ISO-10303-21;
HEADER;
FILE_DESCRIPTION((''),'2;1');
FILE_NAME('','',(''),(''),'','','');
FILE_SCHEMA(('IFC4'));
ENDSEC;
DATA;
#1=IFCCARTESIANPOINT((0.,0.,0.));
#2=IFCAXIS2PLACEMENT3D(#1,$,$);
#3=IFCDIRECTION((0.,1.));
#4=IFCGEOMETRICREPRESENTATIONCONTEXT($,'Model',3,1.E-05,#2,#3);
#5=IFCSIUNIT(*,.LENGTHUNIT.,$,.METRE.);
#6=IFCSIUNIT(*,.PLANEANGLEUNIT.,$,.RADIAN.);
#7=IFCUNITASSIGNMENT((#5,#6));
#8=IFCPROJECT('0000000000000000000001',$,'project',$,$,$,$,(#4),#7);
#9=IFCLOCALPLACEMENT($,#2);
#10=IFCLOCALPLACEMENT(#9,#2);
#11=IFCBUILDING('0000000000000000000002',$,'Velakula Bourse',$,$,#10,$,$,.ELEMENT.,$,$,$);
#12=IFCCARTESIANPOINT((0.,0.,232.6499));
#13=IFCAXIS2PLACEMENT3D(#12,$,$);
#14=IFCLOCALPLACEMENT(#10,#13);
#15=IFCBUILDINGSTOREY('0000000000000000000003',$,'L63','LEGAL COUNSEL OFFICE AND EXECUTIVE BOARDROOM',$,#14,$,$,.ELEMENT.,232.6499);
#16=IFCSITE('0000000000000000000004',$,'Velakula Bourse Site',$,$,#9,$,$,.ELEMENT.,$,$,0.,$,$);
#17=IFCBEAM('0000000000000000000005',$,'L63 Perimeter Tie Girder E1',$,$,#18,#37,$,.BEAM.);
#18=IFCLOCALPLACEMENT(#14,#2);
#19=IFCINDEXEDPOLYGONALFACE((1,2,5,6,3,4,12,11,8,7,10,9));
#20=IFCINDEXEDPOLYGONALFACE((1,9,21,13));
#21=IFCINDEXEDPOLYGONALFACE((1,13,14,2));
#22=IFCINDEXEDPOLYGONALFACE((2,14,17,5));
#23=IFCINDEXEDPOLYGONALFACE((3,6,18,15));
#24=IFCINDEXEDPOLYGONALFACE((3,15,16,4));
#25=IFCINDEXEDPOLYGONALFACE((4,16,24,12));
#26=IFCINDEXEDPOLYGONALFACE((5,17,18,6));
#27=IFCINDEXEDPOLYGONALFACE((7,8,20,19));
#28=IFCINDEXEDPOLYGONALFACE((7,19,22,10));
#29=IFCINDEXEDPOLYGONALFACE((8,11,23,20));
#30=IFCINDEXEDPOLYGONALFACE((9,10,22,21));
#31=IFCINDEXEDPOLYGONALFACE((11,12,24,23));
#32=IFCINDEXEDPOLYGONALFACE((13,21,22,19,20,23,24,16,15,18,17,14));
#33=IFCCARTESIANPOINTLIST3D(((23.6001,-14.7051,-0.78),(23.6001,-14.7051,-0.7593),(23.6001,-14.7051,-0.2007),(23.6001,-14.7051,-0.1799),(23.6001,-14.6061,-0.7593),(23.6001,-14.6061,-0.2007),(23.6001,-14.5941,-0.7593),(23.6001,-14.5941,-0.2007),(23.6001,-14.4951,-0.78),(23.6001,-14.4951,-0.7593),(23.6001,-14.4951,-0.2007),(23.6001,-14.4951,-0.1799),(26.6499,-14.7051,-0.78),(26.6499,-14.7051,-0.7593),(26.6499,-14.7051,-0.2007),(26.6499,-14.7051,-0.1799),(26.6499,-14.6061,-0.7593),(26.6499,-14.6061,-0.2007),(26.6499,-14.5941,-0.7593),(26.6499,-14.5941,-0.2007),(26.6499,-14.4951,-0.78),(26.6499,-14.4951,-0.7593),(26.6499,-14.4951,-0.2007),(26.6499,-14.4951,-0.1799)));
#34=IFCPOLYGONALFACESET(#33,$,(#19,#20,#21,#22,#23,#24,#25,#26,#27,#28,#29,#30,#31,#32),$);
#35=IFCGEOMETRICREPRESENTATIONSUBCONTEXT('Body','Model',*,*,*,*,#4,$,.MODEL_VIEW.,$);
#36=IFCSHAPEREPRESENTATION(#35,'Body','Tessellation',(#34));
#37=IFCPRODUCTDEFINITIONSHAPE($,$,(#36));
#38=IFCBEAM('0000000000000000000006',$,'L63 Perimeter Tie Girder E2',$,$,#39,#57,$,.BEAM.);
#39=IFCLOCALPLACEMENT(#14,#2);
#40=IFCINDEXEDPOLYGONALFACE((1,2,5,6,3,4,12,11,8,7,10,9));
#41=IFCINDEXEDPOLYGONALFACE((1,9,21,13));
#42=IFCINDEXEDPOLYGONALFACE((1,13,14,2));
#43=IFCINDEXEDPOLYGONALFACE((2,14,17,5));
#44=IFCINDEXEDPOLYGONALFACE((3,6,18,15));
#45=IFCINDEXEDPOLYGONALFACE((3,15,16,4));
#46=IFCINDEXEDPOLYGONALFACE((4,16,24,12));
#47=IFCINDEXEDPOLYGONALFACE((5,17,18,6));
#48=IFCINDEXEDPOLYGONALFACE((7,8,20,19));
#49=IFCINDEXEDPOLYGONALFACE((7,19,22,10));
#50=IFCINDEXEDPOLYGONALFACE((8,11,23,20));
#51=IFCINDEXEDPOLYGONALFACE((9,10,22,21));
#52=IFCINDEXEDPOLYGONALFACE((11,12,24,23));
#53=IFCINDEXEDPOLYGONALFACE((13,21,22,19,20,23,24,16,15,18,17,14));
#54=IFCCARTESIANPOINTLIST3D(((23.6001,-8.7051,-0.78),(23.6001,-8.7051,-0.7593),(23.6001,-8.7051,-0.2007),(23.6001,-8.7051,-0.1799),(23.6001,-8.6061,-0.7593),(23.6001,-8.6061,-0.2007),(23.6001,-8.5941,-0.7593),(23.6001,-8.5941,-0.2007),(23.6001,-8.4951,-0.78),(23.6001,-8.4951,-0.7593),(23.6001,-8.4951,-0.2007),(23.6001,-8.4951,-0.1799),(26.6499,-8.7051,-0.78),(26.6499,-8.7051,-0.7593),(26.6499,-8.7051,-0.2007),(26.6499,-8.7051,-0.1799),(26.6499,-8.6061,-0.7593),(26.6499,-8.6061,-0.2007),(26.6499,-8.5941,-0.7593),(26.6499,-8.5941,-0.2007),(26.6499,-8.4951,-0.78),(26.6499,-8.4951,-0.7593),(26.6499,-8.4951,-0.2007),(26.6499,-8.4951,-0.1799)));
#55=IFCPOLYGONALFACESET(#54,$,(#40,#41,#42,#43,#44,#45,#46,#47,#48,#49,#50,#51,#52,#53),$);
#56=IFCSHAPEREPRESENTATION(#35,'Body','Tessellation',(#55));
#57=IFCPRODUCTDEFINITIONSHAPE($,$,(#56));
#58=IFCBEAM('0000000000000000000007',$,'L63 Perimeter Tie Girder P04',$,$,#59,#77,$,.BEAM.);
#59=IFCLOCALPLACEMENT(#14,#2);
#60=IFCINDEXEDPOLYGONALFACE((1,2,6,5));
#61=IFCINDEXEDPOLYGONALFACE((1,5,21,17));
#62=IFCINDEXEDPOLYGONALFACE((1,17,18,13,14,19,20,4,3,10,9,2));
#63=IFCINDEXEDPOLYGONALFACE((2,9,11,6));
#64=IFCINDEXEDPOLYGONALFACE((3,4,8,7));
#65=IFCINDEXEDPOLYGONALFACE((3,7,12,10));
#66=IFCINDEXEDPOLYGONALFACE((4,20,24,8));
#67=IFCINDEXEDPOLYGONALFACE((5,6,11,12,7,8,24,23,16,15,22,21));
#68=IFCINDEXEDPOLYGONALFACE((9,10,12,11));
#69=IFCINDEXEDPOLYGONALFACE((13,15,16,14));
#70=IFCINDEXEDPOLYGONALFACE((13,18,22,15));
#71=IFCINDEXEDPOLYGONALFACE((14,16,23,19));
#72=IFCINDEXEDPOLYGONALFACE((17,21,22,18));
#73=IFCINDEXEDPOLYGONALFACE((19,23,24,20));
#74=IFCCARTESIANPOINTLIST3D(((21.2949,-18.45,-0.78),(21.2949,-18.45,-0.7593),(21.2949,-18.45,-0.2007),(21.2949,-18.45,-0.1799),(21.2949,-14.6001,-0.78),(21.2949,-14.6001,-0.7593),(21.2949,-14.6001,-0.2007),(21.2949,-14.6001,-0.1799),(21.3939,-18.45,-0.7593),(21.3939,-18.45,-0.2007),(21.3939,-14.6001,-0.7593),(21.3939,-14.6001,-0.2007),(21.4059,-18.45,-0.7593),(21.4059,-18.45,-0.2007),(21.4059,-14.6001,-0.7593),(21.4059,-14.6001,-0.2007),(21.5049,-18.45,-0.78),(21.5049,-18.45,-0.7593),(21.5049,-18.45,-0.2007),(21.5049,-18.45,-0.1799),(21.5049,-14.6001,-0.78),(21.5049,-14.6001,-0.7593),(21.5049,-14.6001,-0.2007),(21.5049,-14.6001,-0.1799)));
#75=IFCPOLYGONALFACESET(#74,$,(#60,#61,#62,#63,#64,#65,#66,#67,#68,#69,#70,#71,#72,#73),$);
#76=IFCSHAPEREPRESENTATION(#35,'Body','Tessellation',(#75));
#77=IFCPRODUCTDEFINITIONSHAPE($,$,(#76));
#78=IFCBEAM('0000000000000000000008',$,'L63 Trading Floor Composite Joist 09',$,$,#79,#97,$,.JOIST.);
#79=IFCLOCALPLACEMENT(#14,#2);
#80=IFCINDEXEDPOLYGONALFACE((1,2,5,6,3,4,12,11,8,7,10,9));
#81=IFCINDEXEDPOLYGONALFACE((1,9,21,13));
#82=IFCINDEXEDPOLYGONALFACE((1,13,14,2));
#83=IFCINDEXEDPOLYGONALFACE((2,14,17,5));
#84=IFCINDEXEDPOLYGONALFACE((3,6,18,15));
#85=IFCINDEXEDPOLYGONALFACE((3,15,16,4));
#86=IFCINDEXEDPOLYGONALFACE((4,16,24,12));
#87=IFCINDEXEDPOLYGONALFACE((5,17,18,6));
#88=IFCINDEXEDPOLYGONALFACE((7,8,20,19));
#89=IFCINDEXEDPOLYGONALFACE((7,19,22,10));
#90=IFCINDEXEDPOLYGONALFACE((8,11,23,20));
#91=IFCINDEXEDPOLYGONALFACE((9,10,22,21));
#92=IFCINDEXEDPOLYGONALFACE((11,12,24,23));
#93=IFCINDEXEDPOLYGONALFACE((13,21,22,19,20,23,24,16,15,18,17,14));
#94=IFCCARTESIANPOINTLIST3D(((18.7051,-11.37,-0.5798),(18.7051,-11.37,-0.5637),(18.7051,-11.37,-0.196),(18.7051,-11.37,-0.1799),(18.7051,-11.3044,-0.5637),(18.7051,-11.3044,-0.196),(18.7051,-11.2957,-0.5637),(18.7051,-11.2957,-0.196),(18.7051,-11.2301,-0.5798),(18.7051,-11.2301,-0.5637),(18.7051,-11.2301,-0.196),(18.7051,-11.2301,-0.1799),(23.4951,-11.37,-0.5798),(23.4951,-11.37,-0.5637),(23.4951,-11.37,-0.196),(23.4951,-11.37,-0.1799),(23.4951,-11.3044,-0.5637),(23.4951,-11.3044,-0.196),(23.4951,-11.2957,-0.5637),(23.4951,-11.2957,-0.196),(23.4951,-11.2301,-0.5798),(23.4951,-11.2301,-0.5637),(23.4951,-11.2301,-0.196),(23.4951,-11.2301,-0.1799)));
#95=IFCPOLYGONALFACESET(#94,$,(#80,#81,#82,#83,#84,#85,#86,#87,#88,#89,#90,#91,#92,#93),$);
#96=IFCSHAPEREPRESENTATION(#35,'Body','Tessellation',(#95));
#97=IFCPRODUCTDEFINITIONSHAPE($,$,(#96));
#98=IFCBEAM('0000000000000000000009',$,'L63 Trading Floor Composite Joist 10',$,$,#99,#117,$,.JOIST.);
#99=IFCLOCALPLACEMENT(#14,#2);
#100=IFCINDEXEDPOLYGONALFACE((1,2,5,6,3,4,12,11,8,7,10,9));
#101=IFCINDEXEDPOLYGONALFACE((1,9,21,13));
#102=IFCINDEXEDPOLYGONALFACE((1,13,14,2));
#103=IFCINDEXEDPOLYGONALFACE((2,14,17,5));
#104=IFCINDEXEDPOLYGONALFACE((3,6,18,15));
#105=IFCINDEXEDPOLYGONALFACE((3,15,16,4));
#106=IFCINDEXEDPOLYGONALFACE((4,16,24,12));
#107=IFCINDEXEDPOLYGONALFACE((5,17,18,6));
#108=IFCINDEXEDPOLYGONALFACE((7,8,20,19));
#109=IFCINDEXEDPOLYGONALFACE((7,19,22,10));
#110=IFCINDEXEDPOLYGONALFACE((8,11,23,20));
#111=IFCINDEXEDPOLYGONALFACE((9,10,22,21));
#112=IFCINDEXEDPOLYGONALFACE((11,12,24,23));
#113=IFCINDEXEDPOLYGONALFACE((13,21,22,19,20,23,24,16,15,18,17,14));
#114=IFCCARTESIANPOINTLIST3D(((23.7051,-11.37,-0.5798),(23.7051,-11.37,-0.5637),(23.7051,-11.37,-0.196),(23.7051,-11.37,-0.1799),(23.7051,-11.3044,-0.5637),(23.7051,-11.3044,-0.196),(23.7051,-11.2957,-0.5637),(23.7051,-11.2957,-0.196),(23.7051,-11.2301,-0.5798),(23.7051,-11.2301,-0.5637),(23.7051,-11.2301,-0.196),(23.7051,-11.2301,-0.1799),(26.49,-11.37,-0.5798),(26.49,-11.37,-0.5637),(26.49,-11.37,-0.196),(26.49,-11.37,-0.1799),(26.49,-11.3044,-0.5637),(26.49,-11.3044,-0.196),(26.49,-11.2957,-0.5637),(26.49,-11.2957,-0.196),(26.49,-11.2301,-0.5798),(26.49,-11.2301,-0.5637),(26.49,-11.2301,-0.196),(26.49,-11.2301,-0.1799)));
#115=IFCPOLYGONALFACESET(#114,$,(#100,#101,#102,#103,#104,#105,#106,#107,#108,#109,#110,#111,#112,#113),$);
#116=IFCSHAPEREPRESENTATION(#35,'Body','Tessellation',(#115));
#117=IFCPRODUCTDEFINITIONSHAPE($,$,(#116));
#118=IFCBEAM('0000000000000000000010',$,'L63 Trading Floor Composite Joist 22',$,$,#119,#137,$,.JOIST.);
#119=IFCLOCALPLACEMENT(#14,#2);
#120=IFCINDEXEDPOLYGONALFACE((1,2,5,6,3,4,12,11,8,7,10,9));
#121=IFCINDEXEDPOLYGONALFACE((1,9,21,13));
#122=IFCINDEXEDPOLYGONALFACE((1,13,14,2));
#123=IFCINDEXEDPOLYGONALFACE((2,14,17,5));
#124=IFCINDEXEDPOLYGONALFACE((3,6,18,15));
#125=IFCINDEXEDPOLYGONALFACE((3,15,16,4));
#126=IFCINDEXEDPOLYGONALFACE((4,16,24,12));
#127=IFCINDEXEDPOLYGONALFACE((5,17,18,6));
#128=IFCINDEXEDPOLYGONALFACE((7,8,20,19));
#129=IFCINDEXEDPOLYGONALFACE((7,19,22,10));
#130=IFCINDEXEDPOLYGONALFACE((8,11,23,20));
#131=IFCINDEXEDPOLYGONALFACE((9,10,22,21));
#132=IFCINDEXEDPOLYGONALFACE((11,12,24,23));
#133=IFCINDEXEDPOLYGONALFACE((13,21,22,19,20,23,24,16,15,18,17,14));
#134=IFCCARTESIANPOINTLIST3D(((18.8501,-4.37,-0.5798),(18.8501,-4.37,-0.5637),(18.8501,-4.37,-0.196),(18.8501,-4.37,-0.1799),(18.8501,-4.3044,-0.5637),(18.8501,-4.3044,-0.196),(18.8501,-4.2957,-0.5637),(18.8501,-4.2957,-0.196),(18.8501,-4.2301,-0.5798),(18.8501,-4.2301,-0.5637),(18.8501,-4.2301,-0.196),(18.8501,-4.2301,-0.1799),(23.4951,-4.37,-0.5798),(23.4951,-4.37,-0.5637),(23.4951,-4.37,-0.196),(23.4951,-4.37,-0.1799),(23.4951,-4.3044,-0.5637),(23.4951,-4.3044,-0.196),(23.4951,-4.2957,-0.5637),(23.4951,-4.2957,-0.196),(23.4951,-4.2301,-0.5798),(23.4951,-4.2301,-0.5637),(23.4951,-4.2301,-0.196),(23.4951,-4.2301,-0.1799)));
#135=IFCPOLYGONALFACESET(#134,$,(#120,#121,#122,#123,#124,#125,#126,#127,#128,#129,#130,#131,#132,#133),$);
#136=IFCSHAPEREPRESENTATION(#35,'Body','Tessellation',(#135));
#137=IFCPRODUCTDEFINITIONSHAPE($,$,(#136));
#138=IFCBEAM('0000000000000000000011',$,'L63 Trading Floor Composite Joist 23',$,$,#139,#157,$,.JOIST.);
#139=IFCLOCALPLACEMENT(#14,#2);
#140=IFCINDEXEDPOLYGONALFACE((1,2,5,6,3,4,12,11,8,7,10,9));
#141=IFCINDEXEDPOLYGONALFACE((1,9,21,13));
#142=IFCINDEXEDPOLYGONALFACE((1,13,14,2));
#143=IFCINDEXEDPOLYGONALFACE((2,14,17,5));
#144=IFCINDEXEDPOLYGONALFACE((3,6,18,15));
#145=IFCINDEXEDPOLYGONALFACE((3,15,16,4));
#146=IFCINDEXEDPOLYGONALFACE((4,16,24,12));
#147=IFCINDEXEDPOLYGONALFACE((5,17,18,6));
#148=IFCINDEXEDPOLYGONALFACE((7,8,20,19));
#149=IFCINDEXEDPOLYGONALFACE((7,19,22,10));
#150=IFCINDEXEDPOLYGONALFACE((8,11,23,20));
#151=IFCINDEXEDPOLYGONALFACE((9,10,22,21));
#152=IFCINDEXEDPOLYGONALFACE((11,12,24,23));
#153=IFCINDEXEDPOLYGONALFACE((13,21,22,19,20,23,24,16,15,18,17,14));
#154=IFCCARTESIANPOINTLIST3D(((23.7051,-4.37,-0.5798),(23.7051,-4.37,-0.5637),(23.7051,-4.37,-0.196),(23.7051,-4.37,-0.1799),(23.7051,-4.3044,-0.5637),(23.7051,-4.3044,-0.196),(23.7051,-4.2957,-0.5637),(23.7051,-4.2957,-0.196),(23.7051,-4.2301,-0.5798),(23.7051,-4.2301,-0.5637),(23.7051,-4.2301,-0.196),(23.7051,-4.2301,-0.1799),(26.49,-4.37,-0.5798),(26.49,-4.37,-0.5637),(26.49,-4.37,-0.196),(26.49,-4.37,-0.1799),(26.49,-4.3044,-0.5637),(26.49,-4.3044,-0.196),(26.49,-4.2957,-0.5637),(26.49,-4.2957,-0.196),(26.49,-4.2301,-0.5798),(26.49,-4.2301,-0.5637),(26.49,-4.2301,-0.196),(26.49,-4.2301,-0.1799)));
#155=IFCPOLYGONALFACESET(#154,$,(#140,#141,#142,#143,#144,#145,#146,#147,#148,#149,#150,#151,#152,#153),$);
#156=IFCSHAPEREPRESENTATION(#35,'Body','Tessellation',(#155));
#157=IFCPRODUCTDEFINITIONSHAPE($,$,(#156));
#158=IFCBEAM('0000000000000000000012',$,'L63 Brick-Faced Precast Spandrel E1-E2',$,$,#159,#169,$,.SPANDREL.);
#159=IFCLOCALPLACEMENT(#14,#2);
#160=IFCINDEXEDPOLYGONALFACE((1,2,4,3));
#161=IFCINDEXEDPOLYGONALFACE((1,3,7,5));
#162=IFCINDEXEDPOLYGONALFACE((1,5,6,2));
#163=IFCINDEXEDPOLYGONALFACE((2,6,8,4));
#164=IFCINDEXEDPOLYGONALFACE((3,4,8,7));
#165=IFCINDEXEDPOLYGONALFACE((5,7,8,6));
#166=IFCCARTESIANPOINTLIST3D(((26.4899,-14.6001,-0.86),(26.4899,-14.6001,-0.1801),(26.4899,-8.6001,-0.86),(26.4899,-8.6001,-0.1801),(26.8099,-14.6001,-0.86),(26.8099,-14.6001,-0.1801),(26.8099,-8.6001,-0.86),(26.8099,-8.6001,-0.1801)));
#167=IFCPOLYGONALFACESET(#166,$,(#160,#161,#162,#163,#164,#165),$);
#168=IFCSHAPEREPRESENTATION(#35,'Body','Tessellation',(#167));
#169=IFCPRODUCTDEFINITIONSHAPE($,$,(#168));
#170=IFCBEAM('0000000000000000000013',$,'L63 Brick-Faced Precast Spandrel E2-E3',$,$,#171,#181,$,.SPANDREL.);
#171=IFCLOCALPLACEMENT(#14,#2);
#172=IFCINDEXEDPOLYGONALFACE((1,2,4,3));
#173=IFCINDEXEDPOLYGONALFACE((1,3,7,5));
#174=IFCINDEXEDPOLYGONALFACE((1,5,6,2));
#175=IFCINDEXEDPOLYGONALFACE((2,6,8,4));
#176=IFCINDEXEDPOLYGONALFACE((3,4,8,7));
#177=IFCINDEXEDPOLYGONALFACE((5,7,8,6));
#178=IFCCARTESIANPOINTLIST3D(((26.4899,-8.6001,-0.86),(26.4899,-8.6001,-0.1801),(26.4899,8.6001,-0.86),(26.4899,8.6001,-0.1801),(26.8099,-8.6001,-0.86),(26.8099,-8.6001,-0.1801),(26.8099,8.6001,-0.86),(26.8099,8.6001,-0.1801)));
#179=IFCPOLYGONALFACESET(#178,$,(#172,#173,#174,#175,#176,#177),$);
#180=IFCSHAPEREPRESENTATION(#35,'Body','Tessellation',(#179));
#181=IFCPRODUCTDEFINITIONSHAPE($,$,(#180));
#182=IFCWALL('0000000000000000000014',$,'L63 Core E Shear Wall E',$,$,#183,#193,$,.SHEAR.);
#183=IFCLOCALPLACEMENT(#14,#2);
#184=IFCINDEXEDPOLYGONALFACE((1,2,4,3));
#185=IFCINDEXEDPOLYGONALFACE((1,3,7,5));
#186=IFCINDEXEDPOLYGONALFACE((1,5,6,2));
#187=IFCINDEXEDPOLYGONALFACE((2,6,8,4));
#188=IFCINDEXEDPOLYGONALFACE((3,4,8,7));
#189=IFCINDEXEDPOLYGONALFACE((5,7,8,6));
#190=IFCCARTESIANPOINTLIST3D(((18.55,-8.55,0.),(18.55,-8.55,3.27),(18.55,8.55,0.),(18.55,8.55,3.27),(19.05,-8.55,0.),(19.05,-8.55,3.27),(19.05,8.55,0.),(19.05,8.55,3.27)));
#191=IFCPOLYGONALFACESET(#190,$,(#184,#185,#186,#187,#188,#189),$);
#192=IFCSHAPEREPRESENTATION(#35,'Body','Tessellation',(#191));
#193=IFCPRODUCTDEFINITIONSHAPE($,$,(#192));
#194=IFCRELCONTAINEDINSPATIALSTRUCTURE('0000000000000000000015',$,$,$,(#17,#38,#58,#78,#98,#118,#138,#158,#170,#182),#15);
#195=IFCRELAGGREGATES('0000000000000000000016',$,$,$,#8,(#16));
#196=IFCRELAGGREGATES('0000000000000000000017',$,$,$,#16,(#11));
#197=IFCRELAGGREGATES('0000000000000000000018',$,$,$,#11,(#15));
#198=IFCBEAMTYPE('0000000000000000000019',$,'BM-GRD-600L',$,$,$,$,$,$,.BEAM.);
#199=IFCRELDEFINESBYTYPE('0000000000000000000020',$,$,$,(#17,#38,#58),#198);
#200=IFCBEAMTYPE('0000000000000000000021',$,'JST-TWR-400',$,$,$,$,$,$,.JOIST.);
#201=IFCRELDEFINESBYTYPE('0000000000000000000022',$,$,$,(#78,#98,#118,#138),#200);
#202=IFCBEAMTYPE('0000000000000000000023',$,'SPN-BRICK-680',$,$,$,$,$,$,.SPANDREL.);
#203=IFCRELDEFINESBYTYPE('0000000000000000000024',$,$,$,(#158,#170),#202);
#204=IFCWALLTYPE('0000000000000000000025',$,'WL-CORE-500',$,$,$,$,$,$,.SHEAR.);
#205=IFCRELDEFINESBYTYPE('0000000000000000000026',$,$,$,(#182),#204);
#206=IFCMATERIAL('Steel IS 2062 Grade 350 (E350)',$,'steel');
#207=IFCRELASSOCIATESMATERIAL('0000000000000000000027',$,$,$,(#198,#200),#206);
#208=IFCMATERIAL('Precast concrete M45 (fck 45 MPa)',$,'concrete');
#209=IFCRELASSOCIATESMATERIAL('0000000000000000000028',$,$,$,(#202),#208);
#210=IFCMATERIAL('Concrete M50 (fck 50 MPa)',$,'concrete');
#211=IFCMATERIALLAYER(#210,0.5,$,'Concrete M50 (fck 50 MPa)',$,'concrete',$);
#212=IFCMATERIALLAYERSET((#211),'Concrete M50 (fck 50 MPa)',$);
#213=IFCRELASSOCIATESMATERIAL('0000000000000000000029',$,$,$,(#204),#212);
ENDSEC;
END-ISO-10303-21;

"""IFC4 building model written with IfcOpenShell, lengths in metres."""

from ifc_helpers import new_model, si_unit, direction, frame, frame_2d, origin, origin_2d, place, context, subcontext, project, spatial, rectangle, i_section, extrude, material, layer, layer_set, material_profile, profile_set, type_object, element, save


model = new_model("IFC4")

# Units and contexts
model_context = context("Model", 3, precision=1e-05, world=origin(), true_north=direction((0.0, 1.0)))
body_context = subcontext(model_context, "Body", "Model", "MODEL_VIEW")
ifc_project = project(units=[si_unit("LENGTHUNIT", "METRE"), si_unit("PLANEANGLEUNIT", "RADIAN")], contexts=[model_context])

# Site, building, storey
site_placement = place(None, origin())
site = spatial("IfcSite", under=ifc_project, at=site_placement, Name="Velakula Bourse Site", CompositionType="ELEMENT", RefElevation=0.0)
building_placement = place(site_placement, origin())
building = spatial("IfcBuilding", under=site, at=building_placement, Name="Velakula Bourse", CompositionType="ELEMENT")
storey_placement = place(building_placement, frame((0.0, 0.0, 232.6499)))
storey = spatial("IfcBuildingStorey", under=building, at=storey_placement, Name="L63", Description="LEGAL COUNSEL OFFICE AND EXECUTIVE BOARDROOM", CompositionType="ELEMENT", Elevation=232.6499)

# Shared definitions
ifc_material_1 = material(Name="Concrete M50 (fck 50 MPa)", Category="concrete")
ifc_material_2 = material(Name="Steel IS 2062 Grade 350 (E350)", Category="steel")

# Beams
ifc_material_profile_1 = material_profile(ifc_material_2, i_section(OverallWidth=0.21, OverallDepth=0.6001, WebThickness=0.012, FlangeThickness=0.0208, at=origin_2d()), Name="Steel IS 2062 Grade 350 (E350)")
ifc_profile_set_1 = profile_set([ifc_material_profile_1], Name="Steel IS 2062 Grade 350 (E350)")
beam_type_1 = type_object("IfcBeamType", Name="BM-GRD-600L", PredefinedType="BEAM", material=ifc_profile_set_1)
for number, where, z_axis, x_axis, name in (
    (1, (23.6001, -14.6001, -0.48), (1.0, 0.0, 0.0), (0.0, 1.0, 0.0), "L63 Perimeter Tie Girder E1"),
    (2, (23.6001, -8.6001, -0.48), (1.0, 0.0, 0.0), (0.0, 1.0, 0.0), "L63 Perimeter Tie Girder E2"),
):
    element("IfcBeam", number, at=place(storey_placement, frame(where, z_axis=z_axis, x_axis=x_axis)), inside=storey, type_object=beam_type_1, Name=name, PredefinedType="BEAM", context=body_context, shape_type="SweptSolid", body=[
        extrude(i_section(OverallWidth=0.21, OverallDepth=0.6001, WebThickness=0.012, FlangeThickness=0.0208, at=origin_2d()), origin(), (0.0, 0.0, 1.0), 3.0498),
    ])
beam_1_placement = place(storey_placement, frame((21.3999, -14.6001, -0.48), z_axis=(0.0, -1.0, 0.0), x_axis=(1.0, 0.0, 0.0)))
element("IfcBeam", 3, at=beam_1_placement, inside=storey, type_object=beam_type_1, Name="L63 Perimeter Tie Girder P04", PredefinedType="BEAM", context=body_context, shape_type="SweptSolid", body=[
    extrude(i_section(OverallWidth=0.21, OverallDepth=0.6001, WebThickness=0.012, FlangeThickness=0.0208, at=origin_2d()), origin(), (0.0, 0.0, 1.0), 3.8499),
])
ifc_material_profile_2 = material_profile(ifc_material_2, i_section(OverallWidth=0.1399, OverallDepth=0.3999, WebThickness=0.0088, FlangeThickness=0.0161, at=origin_2d()), Name="Steel IS 2062 Grade 350 (E350)")
ifc_profile_set_2 = profile_set([ifc_material_profile_2], Name="Steel IS 2062 Grade 350 (E350)")
beam_type_2 = type_object("IfcBeamType", Name="JST-TWR-400", PredefinedType="JOIST", material=ifc_profile_set_2)
beam_2_placement = place(storey_placement, frame((18.7051, -11.3, -0.3799), z_axis=(1.0, 0.0, 0.0), x_axis=(0.0, 1.0, 0.0)))
element("IfcBeam", 4, at=beam_2_placement, inside=storey, type_object=beam_type_2, Name="L63 Trading Floor Composite Joist 09", PredefinedType="JOIST", context=body_context, shape_type="SweptSolid", body=[
    extrude(i_section(OverallWidth=0.1399, OverallDepth=0.3999, WebThickness=0.0088, FlangeThickness=0.0161, at=origin_2d()), origin(), (0.0, 0.0, 1.0), 4.79),
])
beam_3_placement = place(storey_placement, frame((23.7051, -11.3, -0.3799), z_axis=(1.0, 0.0, 0.0), x_axis=(0.0, 1.0, 0.0)))
element("IfcBeam", 5, at=beam_3_placement, inside=storey, type_object=beam_type_2, Name="L63 Trading Floor Composite Joist 10", PredefinedType="JOIST", context=body_context, shape_type="SweptSolid", body=[
    extrude(i_section(OverallWidth=0.1399, OverallDepth=0.3999, WebThickness=0.0088, FlangeThickness=0.0161, at=origin_2d()), origin(), (0.0, 0.0, 1.0), 2.7849),
])
beam_4_placement = place(storey_placement, frame((18.8501, -4.3, -0.3799), z_axis=(1.0, 0.0, 0.0), x_axis=(0.0, 1.0, 0.0)))
element("IfcBeam", 6, at=beam_4_placement, inside=storey, type_object=beam_type_2, Name="L63 Trading Floor Composite Joist 22", PredefinedType="JOIST", context=body_context, shape_type="SweptSolid", body=[
    extrude(i_section(OverallWidth=0.1399, OverallDepth=0.3999, WebThickness=0.0088, FlangeThickness=0.0161, at=origin_2d()), origin(), (0.0, 0.0, 1.0), 4.645),
])
beam_5_placement = place(storey_placement, frame((23.7051, -4.3, -0.3799), z_axis=(1.0, 0.0, 0.0), x_axis=(0.0, 1.0, 0.0)))
element("IfcBeam", 7, at=beam_5_placement, inside=storey, type_object=beam_type_2, Name="L63 Trading Floor Composite Joist 23", PredefinedType="JOIST", context=body_context, shape_type="SweptSolid", body=[
    extrude(i_section(OverallWidth=0.1399, OverallDepth=0.3999, WebThickness=0.0088, FlangeThickness=0.0161, at=origin_2d()), origin(), (0.0, 0.0, 1.0), 2.7849),
])
ifc_material_3 = material(Name="Precast concrete M45 (fck 45 MPa)", Category="concrete")
ifc_material_profile_3 = material_profile(ifc_material_3, rectangle(XDim=0.3201, YDim=0.6799, at=origin_2d()), Name="Precast concrete M45 (fck 45 MPa)")
ifc_profile_set_3 = profile_set([ifc_material_profile_3], Name="Precast concrete M45 (fck 45 MPa)")
beam_type_3 = type_object("IfcBeamType", Name="SPN-BRICK-680", PredefinedType="SPANDREL", material=ifc_profile_set_3)
beam_6_placement = place(storey_placement, frame((26.6499, -14.6001, -0.52), z_axis=(0.0, 1.0, 0.0), x_axis=(-1.0, 0.0, 0.0)))
element("IfcBeam", 8, at=beam_6_placement, inside=storey, type_object=beam_type_3, Name="L63 Brick-Faced Precast Spandrel E1-E2", PredefinedType="SPANDREL", context=body_context, shape_type="SweptSolid", body=[
    extrude(rectangle(XDim=0.3201, YDim=0.6799, at=origin_2d()), origin(), (0.0, 0.0, 1.0), 6.0),
])
beam_7_placement = place(storey_placement, frame((26.6499, -8.6001, -0.52), z_axis=(0.0, 1.0, 0.0), x_axis=(-1.0, 0.0, 0.0)))
element("IfcBeam", 9, at=beam_7_placement, inside=storey, type_object=beam_type_3, Name="L63 Brick-Faced Precast Spandrel E2-E3", PredefinedType="SPANDREL", context=body_context, shape_type="SweptSolid", body=[
    extrude(rectangle(XDim=0.3201, YDim=0.6799, at=origin_2d()), origin(), (0.0, 0.0, 1.0), 17.2002),
])

# Wall
ifc_layer_1 = layer(ifc_material_1, 0.5, Name="Concrete M50 (fck 50 MPa)", Category="concrete")
ifc_layer_set_1 = layer_set([ifc_layer_1], Name="Concrete M50 (fck 50 MPa)")
wall_type_1 = type_object("IfcWallType", Name="WL-CORE-500", PredefinedType="SHEAR", material=ifc_layer_set_1)
wall_1_placement = place(storey_placement, frame((18.8, -8.55, 0.0), z_axis=(0.0, 0.0, 1.0), x_axis=(0.0, 1.0, 0.0)))
element("IfcWall", 10, at=wall_1_placement, inside=storey, type_object=wall_type_1, Name="L63 Core E Shear Wall E", PredefinedType="SHEAR", context=body_context, shape_type="SweptSolid", body=[
    extrude(rectangle(XDim=17.1001, YDim=0.5, at=frame_2d((8.55, 0.0))), origin(), (0.0, 0.0, 1.0), 3.27),
])

save(model, "model.ifc")
